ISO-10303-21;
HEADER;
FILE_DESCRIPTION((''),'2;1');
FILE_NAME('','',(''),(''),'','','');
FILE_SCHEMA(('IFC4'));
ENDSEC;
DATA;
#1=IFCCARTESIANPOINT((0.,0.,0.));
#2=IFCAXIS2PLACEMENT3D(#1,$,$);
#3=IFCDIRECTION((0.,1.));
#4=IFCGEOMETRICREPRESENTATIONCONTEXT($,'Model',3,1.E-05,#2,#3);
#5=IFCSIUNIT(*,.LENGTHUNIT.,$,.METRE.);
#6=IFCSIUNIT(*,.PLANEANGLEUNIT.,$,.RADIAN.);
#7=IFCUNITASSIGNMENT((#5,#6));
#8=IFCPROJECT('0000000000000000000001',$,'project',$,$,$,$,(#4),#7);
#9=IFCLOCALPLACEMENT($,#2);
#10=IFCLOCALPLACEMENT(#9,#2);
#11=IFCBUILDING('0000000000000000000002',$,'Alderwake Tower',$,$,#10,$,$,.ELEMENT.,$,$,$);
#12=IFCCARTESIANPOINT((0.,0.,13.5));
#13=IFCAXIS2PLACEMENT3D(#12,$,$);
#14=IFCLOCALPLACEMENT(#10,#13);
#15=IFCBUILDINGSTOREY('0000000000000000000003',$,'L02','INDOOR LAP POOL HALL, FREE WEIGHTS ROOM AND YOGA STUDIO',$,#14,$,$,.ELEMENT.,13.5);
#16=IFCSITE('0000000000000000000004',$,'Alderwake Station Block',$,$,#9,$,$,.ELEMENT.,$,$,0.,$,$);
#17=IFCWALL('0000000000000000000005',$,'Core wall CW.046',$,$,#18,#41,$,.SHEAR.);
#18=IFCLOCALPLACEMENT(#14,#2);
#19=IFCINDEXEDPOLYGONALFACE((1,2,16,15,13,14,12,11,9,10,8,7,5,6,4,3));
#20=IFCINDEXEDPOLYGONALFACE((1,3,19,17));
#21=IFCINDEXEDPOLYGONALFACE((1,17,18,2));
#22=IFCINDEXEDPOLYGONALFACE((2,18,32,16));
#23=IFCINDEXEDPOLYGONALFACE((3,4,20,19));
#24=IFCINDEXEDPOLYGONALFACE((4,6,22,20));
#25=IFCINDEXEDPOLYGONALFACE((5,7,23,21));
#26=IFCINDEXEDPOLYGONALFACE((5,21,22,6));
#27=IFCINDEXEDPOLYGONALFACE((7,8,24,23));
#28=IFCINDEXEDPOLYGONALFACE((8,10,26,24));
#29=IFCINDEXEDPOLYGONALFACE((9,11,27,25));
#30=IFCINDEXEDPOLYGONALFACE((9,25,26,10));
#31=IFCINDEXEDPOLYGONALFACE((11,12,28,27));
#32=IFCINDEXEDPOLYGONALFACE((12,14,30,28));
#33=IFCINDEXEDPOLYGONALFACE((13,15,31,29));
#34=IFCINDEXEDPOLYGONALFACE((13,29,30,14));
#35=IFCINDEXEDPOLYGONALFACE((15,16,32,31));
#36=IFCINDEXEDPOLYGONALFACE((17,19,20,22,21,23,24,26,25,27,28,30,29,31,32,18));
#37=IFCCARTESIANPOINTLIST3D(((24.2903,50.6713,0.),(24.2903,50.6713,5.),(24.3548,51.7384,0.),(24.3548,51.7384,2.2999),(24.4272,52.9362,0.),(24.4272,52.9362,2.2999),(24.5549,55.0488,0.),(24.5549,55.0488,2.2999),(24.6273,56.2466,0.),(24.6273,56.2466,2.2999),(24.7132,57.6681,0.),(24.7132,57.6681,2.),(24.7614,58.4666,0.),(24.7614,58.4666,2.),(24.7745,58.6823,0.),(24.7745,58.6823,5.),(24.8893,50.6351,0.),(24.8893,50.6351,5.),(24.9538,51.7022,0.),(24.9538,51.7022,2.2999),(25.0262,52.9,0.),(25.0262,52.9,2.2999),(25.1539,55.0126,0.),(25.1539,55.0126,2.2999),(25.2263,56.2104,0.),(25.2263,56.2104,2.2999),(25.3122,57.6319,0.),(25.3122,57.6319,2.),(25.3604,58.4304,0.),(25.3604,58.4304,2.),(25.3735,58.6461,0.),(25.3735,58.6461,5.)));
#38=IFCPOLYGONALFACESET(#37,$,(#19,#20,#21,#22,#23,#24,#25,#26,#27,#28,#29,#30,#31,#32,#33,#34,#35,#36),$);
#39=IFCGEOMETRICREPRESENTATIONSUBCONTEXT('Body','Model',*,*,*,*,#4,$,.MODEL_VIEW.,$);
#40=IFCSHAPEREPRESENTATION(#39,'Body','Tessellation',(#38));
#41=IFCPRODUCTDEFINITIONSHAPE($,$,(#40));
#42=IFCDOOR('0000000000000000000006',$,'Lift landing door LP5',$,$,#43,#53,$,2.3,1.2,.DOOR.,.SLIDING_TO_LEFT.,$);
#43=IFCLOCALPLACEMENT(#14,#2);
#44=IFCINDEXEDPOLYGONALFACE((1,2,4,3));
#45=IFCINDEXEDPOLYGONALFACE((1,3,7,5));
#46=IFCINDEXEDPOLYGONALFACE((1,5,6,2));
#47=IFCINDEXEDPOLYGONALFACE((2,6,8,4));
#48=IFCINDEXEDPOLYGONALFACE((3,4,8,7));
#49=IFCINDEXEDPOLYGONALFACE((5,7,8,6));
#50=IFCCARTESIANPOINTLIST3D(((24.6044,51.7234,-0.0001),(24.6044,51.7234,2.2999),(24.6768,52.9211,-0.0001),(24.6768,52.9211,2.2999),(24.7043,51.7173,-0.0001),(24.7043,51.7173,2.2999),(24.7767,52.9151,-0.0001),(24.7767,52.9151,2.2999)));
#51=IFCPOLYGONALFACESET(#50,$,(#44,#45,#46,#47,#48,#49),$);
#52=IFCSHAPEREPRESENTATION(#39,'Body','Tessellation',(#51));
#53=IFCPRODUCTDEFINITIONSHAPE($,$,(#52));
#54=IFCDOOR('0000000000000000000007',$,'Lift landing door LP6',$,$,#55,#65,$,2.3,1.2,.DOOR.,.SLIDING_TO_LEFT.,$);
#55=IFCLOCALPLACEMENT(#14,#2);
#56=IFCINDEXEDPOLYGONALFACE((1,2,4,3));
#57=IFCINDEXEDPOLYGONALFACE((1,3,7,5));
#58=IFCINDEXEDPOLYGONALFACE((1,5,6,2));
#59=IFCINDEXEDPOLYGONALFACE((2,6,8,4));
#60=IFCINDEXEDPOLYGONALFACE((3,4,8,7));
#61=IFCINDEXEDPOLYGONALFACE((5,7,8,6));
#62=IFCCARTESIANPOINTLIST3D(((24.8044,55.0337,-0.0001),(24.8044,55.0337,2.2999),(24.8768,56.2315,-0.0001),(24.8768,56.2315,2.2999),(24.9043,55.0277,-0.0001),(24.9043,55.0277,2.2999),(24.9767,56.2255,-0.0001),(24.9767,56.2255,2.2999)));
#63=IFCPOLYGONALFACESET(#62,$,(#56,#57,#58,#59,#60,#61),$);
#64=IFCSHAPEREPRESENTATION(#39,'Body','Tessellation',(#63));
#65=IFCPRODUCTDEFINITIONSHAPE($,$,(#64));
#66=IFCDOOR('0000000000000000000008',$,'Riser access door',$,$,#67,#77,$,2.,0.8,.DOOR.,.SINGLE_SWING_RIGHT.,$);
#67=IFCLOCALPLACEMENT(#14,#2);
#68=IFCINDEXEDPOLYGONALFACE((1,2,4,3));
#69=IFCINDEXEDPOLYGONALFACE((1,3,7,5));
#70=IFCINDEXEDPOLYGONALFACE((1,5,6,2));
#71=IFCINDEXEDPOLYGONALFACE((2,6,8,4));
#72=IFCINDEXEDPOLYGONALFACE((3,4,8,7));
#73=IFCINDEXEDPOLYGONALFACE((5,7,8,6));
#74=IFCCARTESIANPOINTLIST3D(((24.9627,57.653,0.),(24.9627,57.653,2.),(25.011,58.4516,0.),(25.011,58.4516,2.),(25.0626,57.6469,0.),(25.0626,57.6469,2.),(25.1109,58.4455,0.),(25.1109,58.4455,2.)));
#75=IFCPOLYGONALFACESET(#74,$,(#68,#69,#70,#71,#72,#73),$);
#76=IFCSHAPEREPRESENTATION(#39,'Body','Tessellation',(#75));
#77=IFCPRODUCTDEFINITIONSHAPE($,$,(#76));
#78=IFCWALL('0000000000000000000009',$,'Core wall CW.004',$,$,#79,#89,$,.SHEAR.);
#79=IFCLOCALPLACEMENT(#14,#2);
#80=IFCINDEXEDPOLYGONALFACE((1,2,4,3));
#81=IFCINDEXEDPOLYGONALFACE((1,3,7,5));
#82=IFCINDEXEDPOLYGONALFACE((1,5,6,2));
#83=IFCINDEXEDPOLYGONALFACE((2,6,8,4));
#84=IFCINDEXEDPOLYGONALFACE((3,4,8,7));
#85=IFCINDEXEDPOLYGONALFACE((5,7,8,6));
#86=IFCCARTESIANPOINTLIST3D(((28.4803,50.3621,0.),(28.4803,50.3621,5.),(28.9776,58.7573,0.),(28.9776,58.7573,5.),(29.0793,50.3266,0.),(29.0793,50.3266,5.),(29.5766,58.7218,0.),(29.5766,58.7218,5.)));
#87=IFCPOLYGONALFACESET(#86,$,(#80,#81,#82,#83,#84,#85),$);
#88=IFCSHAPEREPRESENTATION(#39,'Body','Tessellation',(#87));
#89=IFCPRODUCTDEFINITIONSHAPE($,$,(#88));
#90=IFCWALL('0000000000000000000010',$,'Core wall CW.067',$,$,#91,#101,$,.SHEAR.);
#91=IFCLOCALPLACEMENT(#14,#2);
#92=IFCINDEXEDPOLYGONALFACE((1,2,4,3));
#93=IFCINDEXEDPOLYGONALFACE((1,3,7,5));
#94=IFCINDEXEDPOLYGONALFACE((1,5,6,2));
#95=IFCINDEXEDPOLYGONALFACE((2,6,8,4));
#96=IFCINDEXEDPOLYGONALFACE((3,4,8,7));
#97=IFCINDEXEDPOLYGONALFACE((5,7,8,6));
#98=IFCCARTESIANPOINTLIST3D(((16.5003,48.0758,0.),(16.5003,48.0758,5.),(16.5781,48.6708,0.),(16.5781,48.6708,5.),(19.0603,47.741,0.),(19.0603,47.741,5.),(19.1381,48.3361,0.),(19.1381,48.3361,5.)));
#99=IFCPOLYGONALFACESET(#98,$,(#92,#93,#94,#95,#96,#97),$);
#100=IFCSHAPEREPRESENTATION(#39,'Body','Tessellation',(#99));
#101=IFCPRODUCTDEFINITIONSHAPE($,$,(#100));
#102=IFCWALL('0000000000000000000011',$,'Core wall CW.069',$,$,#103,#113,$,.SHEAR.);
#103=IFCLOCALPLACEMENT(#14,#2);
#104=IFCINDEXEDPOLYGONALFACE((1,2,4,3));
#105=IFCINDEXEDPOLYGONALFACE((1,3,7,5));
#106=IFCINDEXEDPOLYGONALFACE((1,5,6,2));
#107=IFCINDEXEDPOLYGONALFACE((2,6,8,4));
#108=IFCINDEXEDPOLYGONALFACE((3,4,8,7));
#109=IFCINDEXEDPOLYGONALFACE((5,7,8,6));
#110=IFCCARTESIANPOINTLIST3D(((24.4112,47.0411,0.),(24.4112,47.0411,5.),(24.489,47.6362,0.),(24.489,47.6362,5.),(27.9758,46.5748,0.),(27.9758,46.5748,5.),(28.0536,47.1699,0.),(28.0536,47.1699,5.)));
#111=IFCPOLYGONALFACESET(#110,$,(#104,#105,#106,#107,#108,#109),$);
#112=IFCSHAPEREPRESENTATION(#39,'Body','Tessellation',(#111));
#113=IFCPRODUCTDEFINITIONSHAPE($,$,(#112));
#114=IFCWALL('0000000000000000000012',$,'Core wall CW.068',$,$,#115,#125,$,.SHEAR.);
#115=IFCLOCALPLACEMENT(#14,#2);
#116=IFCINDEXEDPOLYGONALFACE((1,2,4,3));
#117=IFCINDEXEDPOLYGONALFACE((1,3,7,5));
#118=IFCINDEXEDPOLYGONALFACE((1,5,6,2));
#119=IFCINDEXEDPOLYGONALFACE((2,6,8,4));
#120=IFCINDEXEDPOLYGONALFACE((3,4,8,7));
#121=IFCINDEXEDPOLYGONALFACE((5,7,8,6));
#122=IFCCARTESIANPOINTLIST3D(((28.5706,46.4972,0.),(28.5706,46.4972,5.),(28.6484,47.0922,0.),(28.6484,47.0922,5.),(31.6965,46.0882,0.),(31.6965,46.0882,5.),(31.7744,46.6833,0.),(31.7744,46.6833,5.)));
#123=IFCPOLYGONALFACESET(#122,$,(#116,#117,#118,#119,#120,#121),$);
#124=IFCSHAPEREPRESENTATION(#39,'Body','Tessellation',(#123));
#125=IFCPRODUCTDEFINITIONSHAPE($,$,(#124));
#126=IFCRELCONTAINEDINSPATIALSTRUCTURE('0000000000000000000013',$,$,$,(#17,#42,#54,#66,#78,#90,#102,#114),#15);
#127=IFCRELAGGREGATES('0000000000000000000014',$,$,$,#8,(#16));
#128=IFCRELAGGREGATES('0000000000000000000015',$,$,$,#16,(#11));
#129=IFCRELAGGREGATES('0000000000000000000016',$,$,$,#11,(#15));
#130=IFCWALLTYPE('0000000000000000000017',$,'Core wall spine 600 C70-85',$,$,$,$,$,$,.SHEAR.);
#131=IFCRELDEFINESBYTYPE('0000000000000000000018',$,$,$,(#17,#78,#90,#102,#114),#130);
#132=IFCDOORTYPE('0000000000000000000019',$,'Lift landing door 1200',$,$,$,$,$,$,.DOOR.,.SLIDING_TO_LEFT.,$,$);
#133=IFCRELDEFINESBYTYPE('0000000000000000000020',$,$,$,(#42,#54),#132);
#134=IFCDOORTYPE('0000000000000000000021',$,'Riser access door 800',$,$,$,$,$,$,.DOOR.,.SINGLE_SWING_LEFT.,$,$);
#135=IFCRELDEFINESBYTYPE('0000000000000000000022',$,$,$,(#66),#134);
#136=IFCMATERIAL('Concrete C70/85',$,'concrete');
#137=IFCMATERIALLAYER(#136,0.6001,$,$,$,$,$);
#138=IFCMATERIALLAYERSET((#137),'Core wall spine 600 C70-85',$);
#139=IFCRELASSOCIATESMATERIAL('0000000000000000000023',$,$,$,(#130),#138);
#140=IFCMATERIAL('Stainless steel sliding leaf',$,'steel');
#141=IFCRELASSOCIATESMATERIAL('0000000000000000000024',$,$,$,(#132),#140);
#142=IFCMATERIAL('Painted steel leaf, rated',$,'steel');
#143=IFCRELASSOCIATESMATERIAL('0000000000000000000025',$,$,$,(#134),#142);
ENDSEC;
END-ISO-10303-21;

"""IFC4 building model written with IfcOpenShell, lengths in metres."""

from ifc_helpers import new_model, si_unit, direction, frame, frame_2d, origin, place, context, subcontext, project, spatial, rectangle, extrude, material, layer, layer_set, type_object, element, fill, save


model = new_model("IFC4")

# Units and contexts
model_context = context("Model", 3, precision=1e-05, world=origin(), true_north=direction((0.0, 1.0)))
body_context = subcontext(model_context, "Body", "Model", "MODEL_VIEW")
ifc_project = project(units=[si_unit("LENGTHUNIT", "METRE"), si_unit("PLANEANGLEUNIT", "RADIAN")], contexts=[model_context])

# Site, building, storey
site_placement = place(None, origin())
site = spatial("IfcSite", under=ifc_project, at=site_placement, Name="Alderwake Station Block", CompositionType="ELEMENT", RefElevation=0.0)
building_placement = place(site_placement, origin())
building = spatial("IfcBuilding", under=site, at=building_placement, Name="Alderwake Tower", CompositionType="ELEMENT")
storey_placement = place(building_placement, frame((0.0, 0.0, 13.5)))
storey = spatial("IfcBuildingStorey", under=building, at=storey_placement, Name="L02", Description="INDOOR LAP POOL HALL, FREE WEIGHTS ROOM AND YOGA STUDIO", CompositionType="ELEMENT", Elevation=13.5)

# Wall, openings, doors
ifc_material_1 = material(Name="Concrete C70/85", Category="concrete")
ifc_layer_1 = layer(ifc_material_1, 0.6001)
ifc_layer_set_1 = layer_set([ifc_layer_1], Name="Core wall spine 600 C70-85")
wall_type_1 = type_object("IfcWallType", Name="Core wall spine 600 C70-85", PredefinedType="SHEAR", material=ifc_layer_set_1)
ifc_material_2 = material(Name="Stainless steel sliding leaf", Category="steel")
door_type_1 = type_object("IfcDoorType", Name="Lift landing door 1200", OperationType="SLIDING_TO_LEFT", PredefinedType="DOOR", material=ifc_material_2)
ifc_material_3 = material(Name="Painted steel leaf, rated", Category="steel")
door_type_2 = type_object("IfcDoorType", Name="Riser access door 800", OperationType="SINGLE_SWING_LEFT", PredefinedType="DOOR", material=ifc_material_3)
wall_1_placement = place(storey_placement, frame((24.5898, 50.6533, 0.0), z_axis=(0.0, 0.0, 1.0), x_axis=(0.060323, 0.998179, 0.0)))
wall_1 = element("IfcWall", 1, at=wall_1_placement, inside=storey, type_object=wall_type_1, Name="Core wall CW.046", PredefinedType="SHEAR", context=body_context, shape_type="SweptSolid", body=[
    extrude(rectangle(XDim=8.0256, YDim=0.6001, at=frame_2d((4.0127, 0.0))), origin(), (0.0, 0.0, 1.0), 5.0),
])
opening_1_placement = place(wall_1_placement, frame((1.0688, 0.0, 0.0)))
opening_1 = element("IfcOpeningElement", 2, at=opening_1_placement, cuts=wall_1, PredefinedType="OPENING", context=body_context, shape_type="SweptSolid", body=[
    extrude(rectangle(XDim=1.2, YDim=2.3, at=frame_2d((0.6001, 1.1499))), frame((0.0, 0.3101, 0.0), z_axis=(0.0, -1.0, 0.0), x_axis=(1.0, 0.0, 0.0)), (0.0, 0.0, 1.0), 0.6201),
])
opening_2_placement = place(wall_1_placement, frame((4.3853, 0.0, 0.0)))
opening_2 = element("IfcOpeningElement", 3, at=opening_2_placement, cuts=wall_1, PredefinedType="OPENING", context=body_context, shape_type="SweptSolid", body=[
    extrude(rectangle(XDim=1.2, YDim=2.3, at=frame_2d((0.6001, 1.1499))), frame((0.0, 0.3101, 0.0), z_axis=(0.0, -1.0, 0.0), x_axis=(1.0, 0.0, 0.0)), (0.0, 0.0, 1.0), 0.6201),
])
opening_3_placement = place(wall_1_placement, frame((7.0095, 0.0, 0.0)))
opening_3 = element("IfcOpeningElement", 4, at=opening_3_placement, cuts=wall_1, PredefinedType="OPENING", context=body_context, shape_type="SweptSolid", body=[
    extrude(rectangle(XDim=0.8, YDim=2.0, at=frame_2d((0.3999, 1.0))), frame((0.0, 0.3101, 0.0), z_axis=(0.0, -1.0, 0.0), x_axis=(1.0, 0.0, 0.0)), (0.0, 0.0, 1.0), 0.6201),
])
door_1_placement = place(opening_1_placement, origin())
door_1 = element("IfcDoor", 5, at=door_1_placement, inside=storey, type_object=door_type_1, Name="Lift landing door LP5", OperationType="SLIDING_TO_LEFT", OverallHeight=2.3, OverallWidth=1.2, PredefinedType="DOOR", context=body_context, shape_type="SweptSolid", body=[
    extrude(rectangle(XDim=1.2, YDim=2.3, at=frame_2d((0.6001, 1.1499))), frame((0.0, 0.05, 0.0), z_axis=(0.0, -1.0, 0.0), x_axis=(1.0, 0.0, 0.0)), (0.0, 0.0, 1.0), 0.1001),
])
fill(opening_1, door_1)
door_2_placement = place(opening_2_placement, origin())
door_2 = element("IfcDoor", 6, at=door_2_placement, inside=storey, type_object=door_type_1, Name="Lift landing door LP6", OperationType="SLIDING_TO_LEFT", OverallHeight=2.3, OverallWidth=1.2, PredefinedType="DOOR", context=body_context, shape_type="SweptSolid", body=[
    extrude(rectangle(XDim=1.2, YDim=2.3, at=frame_2d((0.6001, 1.1499))), frame((0.0, 0.05, 0.0), z_axis=(0.0, -1.0, 0.0), x_axis=(1.0, 0.0, 0.0)), (0.0, 0.0, 1.0), 0.1001),
])
fill(opening_2, door_2)
door_3_placement = place(opening_3_placement, origin())
door_3 = element("IfcDoor", 7, at=door_3_placement, inside=storey, type_object=door_type_2, Name="Riser access door", OperationType="SINGLE_SWING_RIGHT", OverallHeight=2.0, OverallWidth=0.8, PredefinedType="DOOR", context=body_context, shape_type="SweptSolid", body=[
    extrude(rectangle(XDim=0.8, YDim=2.0, at=frame_2d((0.3999, 1.0))), frame((0.0, 0.05, 0.0), z_axis=(0.0, -1.0, 0.0), x_axis=(1.0, 0.0, 0.0)), (0.0, 0.0, 1.0), 0.1001),
])
fill(opening_3, door_3)

# Walls
wall_2_placement = place(storey_placement, frame((28.7798, 50.3442, 0.0), z_axis=(0.0, 0.0, 1.0), x_axis=(0.059134, 0.99825, 0.0)))
element("IfcWall", 8, at=wall_2_placement, inside=storey, type_object=wall_type_1, Name="Core wall CW.004", PredefinedType="SHEAR", context=body_context, shape_type="SweptSolid", body=[
    extrude(rectangle(XDim=8.4099, YDim=0.6001, at=frame_2d((4.2051, 0.0))), origin(), (0.0, 0.0, 1.0), 5.0),
])
wall_3_placement = place(storey_placement, frame((16.5391, 48.3733, 0.0), z_axis=(0.0, 0.0, 1.0), x_axis=(0.991561, -0.129642, 0.0)))
element("IfcWall", 9, at=wall_3_placement, inside=storey, type_object=wall_type_1, Name="Core wall CW.067", PredefinedType="SHEAR", context=body_context, shape_type="SweptSolid", body=[
    extrude(rectangle(XDim=2.5818, YDim=0.6001, at=frame_2d((1.291, 0.0))), origin(), (0.0, 0.0, 1.0), 5.0),
])
wall_4_placement = place(storey_placement, frame((24.4502, 47.3386, 0.0), z_axis=(0.0, 0.0, 1.0), x_axis=(0.991552, -0.129708, 0.0)))
element("IfcWall", 10, at=wall_4_placement, inside=storey, type_object=wall_type_1, Name="Core wall CW.069", PredefinedType="SHEAR", context=body_context, shape_type="SweptSolid", body=[
    extrude(rectangle(XDim=3.595, YDim=0.6001, at=frame_2d((1.7974, 0.0))), origin(), (0.0, 0.0, 1.0), 5.0),
])
wall_5_placement = place(storey_placement, frame((28.6096, 46.7947, 0.0), z_axis=(0.0, 0.0, 1.0), x_axis=(0.991552, -0.129713, 0.0)))
element("IfcWall", 11, at=wall_5_placement, inside=storey, type_object=wall_type_1, Name="Core wall CW.068", PredefinedType="SHEAR", context=body_context, shape_type="SweptSolid", body=[
    extrude(rectangle(XDim=3.1526, YDim=0.6001, at=frame_2d((1.5762, 0.0))), origin(), (0.0, 0.0, 1.0), 5.0),
])

save(model, "model.ifc")
